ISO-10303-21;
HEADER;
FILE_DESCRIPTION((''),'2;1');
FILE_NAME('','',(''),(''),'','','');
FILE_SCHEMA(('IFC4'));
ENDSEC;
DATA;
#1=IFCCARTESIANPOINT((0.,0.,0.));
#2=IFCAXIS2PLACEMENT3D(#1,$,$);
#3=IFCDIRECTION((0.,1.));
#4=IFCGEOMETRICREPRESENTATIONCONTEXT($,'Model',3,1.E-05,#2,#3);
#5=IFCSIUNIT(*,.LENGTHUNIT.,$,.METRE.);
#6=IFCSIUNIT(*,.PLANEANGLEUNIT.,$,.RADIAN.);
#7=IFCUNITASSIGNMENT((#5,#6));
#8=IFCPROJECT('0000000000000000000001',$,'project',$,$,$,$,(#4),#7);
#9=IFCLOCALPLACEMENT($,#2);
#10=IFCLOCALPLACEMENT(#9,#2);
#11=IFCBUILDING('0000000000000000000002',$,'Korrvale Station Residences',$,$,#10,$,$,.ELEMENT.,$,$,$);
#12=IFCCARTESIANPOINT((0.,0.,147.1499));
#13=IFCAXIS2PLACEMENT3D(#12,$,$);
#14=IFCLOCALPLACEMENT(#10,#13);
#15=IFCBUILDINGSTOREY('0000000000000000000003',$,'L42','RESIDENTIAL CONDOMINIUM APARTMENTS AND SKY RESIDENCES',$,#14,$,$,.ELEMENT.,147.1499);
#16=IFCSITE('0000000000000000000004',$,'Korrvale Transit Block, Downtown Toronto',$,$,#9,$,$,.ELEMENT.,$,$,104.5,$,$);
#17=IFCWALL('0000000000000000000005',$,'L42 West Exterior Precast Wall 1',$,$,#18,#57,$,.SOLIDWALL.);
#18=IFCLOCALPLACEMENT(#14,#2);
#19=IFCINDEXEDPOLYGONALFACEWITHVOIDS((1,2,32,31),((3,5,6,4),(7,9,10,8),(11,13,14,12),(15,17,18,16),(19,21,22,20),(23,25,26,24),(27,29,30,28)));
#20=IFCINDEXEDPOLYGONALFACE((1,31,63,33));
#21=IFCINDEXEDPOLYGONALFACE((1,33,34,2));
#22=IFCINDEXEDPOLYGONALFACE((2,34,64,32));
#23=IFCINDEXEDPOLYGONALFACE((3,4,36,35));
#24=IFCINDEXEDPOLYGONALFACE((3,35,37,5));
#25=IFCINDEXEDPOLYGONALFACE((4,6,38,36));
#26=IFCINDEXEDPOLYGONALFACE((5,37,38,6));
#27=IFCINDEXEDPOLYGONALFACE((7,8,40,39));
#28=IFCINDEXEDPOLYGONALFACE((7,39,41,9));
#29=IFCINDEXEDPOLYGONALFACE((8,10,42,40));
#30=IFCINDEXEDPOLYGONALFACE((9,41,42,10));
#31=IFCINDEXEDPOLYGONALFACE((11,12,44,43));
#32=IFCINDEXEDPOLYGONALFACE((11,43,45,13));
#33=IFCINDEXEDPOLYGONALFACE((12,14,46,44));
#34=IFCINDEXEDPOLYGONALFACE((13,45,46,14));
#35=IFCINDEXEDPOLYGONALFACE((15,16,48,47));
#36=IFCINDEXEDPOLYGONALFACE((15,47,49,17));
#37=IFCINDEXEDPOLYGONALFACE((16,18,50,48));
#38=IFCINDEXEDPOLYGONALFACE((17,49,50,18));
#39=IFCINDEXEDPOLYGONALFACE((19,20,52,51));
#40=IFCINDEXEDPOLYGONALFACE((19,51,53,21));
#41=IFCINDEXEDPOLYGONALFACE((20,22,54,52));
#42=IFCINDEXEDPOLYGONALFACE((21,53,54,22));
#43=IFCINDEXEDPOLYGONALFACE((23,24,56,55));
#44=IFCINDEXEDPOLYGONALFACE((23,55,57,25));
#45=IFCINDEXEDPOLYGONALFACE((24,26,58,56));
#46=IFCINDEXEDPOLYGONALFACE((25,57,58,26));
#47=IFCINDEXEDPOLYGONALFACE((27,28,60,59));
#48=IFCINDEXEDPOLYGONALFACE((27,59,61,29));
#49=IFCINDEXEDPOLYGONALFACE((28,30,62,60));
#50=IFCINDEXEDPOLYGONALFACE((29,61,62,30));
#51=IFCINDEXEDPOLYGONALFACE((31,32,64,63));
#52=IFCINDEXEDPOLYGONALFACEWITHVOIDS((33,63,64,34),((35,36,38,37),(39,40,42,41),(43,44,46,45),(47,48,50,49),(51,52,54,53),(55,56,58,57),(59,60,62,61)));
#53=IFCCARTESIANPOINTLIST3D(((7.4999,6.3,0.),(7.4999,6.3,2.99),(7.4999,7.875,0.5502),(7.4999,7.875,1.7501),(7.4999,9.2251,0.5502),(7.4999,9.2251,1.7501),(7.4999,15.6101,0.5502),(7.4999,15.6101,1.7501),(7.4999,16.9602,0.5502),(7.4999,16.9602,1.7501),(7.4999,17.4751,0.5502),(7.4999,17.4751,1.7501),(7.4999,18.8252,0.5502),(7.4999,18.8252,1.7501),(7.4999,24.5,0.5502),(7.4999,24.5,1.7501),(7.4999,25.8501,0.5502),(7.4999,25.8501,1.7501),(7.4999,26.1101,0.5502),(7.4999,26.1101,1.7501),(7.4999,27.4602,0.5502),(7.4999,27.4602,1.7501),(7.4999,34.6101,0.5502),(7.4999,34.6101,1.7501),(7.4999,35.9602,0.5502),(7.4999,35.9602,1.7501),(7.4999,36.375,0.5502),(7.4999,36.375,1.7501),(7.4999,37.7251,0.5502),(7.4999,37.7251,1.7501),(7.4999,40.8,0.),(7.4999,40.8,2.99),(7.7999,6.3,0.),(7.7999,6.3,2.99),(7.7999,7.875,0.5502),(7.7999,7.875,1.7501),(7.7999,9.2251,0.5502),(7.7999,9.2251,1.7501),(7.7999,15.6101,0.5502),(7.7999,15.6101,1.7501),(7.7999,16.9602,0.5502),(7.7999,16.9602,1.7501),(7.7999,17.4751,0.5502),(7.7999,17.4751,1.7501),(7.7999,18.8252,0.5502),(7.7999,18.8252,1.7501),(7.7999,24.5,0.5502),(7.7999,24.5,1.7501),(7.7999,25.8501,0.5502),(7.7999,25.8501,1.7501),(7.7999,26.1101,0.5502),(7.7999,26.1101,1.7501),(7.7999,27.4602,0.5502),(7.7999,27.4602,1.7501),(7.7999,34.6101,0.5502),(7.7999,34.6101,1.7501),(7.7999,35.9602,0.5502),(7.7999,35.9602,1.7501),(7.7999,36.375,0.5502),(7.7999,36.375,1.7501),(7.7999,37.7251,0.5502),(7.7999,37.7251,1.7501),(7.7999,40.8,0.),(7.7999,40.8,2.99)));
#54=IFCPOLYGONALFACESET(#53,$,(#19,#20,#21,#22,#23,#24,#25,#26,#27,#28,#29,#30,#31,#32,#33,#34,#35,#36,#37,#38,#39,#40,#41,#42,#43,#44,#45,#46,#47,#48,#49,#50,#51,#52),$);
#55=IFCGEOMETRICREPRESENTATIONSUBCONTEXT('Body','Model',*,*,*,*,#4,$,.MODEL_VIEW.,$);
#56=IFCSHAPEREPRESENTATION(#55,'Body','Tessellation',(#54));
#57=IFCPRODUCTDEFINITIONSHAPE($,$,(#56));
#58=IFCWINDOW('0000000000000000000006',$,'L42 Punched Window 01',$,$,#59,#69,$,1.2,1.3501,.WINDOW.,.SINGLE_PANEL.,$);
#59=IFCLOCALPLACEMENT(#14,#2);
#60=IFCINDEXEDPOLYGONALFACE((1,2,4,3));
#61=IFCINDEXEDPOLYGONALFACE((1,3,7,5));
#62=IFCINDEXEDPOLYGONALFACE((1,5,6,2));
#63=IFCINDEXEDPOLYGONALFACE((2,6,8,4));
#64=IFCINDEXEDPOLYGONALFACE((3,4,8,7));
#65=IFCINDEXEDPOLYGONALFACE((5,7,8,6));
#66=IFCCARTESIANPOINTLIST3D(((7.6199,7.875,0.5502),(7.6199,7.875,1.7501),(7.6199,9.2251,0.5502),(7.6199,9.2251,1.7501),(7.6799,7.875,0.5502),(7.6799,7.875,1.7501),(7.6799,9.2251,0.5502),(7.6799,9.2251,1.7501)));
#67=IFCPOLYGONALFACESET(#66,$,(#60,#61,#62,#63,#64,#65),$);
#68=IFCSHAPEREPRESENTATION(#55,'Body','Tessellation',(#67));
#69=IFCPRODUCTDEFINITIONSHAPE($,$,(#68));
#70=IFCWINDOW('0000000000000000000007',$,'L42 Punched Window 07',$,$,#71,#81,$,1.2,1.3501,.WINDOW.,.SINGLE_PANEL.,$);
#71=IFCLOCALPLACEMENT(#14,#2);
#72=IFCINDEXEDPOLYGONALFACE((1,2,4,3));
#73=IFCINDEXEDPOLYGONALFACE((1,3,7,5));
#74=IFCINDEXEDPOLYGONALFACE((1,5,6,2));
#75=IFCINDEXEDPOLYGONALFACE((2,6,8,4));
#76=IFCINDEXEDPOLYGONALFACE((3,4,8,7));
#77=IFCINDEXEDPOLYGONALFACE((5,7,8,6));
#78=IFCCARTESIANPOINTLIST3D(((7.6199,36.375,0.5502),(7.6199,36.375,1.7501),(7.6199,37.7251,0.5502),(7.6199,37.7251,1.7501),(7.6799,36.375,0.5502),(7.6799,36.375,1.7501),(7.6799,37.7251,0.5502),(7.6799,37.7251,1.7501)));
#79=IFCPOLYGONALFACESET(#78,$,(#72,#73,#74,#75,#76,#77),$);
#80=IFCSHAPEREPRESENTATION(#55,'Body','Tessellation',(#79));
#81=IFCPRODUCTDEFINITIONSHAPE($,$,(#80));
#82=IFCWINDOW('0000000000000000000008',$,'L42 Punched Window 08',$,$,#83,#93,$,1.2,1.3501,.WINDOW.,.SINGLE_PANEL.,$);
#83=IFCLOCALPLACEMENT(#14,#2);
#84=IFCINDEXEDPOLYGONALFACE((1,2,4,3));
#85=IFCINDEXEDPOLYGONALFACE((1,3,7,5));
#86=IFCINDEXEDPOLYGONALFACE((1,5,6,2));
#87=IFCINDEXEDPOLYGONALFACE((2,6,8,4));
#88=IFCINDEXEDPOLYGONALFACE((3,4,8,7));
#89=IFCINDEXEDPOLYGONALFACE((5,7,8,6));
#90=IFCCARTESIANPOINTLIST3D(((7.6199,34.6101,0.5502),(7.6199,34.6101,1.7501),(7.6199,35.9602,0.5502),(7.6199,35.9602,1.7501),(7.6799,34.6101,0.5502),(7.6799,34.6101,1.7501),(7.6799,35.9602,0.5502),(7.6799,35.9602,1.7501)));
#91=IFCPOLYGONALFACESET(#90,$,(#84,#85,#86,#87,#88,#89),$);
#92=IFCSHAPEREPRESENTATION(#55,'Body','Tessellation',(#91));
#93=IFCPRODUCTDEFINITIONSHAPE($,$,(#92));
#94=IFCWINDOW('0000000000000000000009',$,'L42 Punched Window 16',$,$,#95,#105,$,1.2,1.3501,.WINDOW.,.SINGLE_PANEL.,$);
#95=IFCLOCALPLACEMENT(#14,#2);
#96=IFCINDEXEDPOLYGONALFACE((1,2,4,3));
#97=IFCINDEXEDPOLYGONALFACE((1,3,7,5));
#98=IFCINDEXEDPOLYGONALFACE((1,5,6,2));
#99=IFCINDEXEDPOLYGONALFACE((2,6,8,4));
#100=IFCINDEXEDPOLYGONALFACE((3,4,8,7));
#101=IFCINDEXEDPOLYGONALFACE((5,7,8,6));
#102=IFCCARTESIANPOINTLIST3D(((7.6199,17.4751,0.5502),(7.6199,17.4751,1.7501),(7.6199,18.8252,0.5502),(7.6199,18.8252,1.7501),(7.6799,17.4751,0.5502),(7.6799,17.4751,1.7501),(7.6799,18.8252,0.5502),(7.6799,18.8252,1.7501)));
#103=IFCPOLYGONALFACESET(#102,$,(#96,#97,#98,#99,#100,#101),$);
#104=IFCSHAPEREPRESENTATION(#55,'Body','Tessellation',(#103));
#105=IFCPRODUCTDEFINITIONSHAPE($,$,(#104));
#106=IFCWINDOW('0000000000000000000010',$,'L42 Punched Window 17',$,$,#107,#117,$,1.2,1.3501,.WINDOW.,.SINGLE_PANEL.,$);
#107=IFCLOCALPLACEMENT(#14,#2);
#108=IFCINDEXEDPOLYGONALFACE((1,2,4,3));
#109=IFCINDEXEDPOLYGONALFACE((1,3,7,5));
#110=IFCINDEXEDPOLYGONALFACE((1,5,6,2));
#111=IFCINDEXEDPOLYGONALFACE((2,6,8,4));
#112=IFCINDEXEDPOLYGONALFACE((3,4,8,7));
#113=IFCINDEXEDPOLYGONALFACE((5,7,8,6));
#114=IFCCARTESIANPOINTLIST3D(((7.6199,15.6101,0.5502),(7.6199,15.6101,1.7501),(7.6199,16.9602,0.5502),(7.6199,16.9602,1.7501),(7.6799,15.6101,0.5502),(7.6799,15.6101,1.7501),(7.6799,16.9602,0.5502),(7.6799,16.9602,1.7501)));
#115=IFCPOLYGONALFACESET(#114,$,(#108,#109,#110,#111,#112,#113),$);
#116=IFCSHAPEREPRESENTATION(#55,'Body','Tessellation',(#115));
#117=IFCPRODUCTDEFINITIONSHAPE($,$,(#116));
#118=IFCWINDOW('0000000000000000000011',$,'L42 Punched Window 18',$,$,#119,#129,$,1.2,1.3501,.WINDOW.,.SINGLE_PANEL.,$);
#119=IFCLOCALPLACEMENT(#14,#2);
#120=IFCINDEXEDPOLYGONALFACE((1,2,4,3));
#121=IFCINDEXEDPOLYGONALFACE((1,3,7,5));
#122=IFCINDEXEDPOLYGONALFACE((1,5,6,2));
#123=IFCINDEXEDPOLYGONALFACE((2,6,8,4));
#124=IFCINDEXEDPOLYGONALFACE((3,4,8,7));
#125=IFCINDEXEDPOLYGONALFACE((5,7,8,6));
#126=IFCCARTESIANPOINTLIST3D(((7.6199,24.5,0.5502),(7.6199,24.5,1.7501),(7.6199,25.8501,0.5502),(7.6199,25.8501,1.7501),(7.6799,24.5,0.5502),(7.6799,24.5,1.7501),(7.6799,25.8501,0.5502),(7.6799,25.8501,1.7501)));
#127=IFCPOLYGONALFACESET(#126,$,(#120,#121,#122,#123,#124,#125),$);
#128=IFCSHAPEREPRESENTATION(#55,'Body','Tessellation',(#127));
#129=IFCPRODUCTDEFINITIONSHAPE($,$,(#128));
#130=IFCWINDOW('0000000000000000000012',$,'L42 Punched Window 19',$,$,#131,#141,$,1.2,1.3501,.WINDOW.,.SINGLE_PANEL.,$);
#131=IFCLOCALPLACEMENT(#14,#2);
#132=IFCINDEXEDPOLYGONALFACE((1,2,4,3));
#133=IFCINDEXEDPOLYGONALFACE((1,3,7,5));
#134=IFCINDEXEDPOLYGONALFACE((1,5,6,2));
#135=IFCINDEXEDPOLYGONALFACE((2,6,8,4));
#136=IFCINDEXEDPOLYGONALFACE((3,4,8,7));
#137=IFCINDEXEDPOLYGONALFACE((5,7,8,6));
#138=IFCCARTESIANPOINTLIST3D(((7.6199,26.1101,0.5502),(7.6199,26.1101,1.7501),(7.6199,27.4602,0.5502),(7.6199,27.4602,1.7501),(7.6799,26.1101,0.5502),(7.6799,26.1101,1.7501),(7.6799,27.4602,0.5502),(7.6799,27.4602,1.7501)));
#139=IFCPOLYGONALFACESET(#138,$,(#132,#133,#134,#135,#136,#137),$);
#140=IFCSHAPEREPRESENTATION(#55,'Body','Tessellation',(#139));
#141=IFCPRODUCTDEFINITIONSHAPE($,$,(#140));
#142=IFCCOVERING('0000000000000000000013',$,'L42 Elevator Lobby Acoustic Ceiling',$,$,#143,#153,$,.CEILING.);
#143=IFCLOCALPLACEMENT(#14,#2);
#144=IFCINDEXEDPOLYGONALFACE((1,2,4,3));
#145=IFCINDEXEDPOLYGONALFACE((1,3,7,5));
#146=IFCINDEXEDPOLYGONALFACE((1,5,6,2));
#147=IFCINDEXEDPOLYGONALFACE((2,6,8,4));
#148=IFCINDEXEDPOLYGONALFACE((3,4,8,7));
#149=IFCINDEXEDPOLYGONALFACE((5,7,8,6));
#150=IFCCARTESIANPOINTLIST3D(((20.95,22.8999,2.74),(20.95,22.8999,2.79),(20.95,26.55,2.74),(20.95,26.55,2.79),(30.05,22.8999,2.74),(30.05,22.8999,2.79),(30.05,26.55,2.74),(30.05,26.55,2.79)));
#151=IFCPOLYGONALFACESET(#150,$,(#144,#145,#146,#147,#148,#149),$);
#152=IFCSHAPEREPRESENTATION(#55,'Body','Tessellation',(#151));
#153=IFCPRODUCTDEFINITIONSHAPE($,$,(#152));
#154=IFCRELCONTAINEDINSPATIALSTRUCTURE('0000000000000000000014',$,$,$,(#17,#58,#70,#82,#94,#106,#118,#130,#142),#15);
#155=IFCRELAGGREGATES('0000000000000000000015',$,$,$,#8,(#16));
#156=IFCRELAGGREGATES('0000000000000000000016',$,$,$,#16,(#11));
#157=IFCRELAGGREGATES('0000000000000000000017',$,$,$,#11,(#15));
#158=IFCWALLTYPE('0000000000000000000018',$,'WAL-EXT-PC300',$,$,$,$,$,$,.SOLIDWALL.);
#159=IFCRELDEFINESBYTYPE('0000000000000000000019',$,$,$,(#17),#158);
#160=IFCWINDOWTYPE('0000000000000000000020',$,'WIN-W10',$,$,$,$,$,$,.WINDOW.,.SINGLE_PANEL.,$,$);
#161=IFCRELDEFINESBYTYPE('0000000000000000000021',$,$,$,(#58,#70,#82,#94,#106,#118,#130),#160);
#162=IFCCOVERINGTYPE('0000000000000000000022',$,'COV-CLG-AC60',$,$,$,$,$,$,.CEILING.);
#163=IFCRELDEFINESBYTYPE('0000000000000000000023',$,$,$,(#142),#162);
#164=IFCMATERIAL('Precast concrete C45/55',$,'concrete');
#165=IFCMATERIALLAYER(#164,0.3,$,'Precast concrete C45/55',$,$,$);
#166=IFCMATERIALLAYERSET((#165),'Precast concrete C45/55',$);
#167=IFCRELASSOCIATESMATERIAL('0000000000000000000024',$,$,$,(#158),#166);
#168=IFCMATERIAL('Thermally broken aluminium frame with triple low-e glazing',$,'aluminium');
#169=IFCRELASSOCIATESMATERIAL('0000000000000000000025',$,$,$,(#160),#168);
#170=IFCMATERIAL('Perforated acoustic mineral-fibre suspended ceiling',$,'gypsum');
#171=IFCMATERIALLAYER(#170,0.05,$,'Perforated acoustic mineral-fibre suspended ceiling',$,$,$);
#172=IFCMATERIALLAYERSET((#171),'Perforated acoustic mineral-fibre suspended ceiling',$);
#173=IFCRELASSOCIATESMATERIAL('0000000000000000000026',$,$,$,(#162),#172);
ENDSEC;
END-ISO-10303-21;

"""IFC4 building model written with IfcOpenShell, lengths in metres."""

from ifc_helpers import new_model, si_unit, direction, frame, frame_2d, origin, place, context, subcontext, project, spatial, polyline, rectangle, outline, extrude, material, layer, layer_set, type_object, element, fill, save


model = new_model("IFC4")

# Units and contexts
model_context = context("Model", 3, precision=1e-05, world=origin(), true_north=direction((0.0, 1.0)))
body_context = subcontext(model_context, "Body", "Model", "MODEL_VIEW")
ifc_project = project(units=[si_unit("LENGTHUNIT", "METRE"), si_unit("PLANEANGLEUNIT", "RADIAN")], contexts=[model_context])

# Site, building, storey
site_placement = place(None, origin())
site = spatial("IfcSite", under=ifc_project, at=site_placement, Name="Korrvale Transit Block, Downtown Toronto", CompositionType="ELEMENT", RefElevation=104.5)
building_placement = place(site_placement, origin())
building = spatial("IfcBuilding", under=site, at=building_placement, Name="Korrvale Station Residences", CompositionType="ELEMENT")
storey_placement = place(building_placement, frame((0.0, 0.0, 147.1499)))
storey = spatial("IfcBuildingStorey", under=building, at=storey_placement, Name="L42", Description="RESIDENTIAL CONDOMINIUM APARTMENTS AND SKY RESIDENCES", CompositionType="ELEMENT", Elevation=147.1499)

# Shared definitions
ifc_material_1 = material(Name="Precast concrete C45/55", Category="concrete")
ifc_layer_1 = layer(ifc_material_1, 0.3, Name="Precast concrete C45/55")
ifc_layer_set_1 = layer_set([ifc_layer_1], Name="Precast concrete C45/55")
wall_type_1 = type_object("IfcWallType", Name="WAL-EXT-PC300", PredefinedType="SOLIDWALL", material=ifc_layer_set_1)

# Wall, openings, windows
wall_1_placement = place(storey_placement, frame((7.6499, 6.3, 0.0), z_axis=(0.0, 0.0, 1.0), x_axis=(0.0, 1.0, 0.0)))
wall_1 = element("IfcWall", 1, at=wall_1_placement, inside=storey, type_object=wall_type_1, Name="L42 West Exterior Precast Wall 1", PredefinedType="SOLIDWALL", context=body_context, shape_type="SweptSolid", body=[
    extrude(rectangle(XDim=34.5, YDim=0.3, at=frame_2d((17.25, 0.0))), origin(), (0.0, 0.0, 1.0), 2.99),
])
opening_1_placement = place(wall_1_placement, frame((1.575, 0.0, 0.55)))
opening_1 = element("IfcOpeningElement", 2, at=opening_1_placement, cuts=wall_1, PredefinedType="OPENING", context=body_context, shape_type="SweptSolid", body=[
    extrude(rectangle(XDim=1.3501, YDim=1.2, at=frame_2d((0.675, 0.6001))), frame((0.0, 0.1602, 0.0), z_axis=(0.0, -1.0, 0.0), x_axis=(1.0, 0.0, 0.0)), (0.0, 0.0, 1.0), 0.3201),
])
opening_2_placement = place(wall_1_placement, frame((30.075, 0.0, 0.55)))
opening_2 = element("IfcOpeningElement", 3, at=opening_2_placement, cuts=wall_1, PredefinedType="OPENING", context=body_context, shape_type="SweptSolid", body=[
    extrude(rectangle(XDim=1.3501, YDim=1.2, at=frame_2d((0.675, 0.6001))), frame((0.0, 0.1602, 0.0), z_axis=(0.0, -1.0, 0.0), x_axis=(1.0, 0.0, 0.0)), (0.0, 0.0, 1.0), 0.3201),
])
opening_3_placement = place(wall_1_placement, frame((28.3101, 0.0, 0.55)))
opening_3 = element("IfcOpeningElement", 4, at=opening_3_placement, cuts=wall_1, PredefinedType="OPENING", context=body_context, shape_type="SweptSolid", body=[
    extrude(rectangle(XDim=1.3501, YDim=1.2, at=frame_2d((0.675, 0.6001))), frame((0.0, 0.1602, 0.0), z_axis=(0.0, -1.0, 0.0), x_axis=(1.0, 0.0, 0.0)), (0.0, 0.0, 1.0), 0.3201),
])
opening_4_placement = place(wall_1_placement, frame((11.175, 0.0, 0.55)))
opening_4 = element("IfcOpeningElement", 5, at=opening_4_placement, cuts=wall_1, PredefinedType="OPENING", context=body_context, shape_type="SweptSolid", body=[
    extrude(rectangle(XDim=1.3501, YDim=1.2, at=frame_2d((0.675, 0.6001))), frame((0.0, 0.1602, 0.0), z_axis=(0.0, -1.0, 0.0), x_axis=(1.0, 0.0, 0.0)), (0.0, 0.0, 1.0), 0.3201),
])
opening_5_placement = place(wall_1_placement, frame((9.3101, 0.0, 0.55)))
opening_5 = element("IfcOpeningElement", 6, at=opening_5_placement, cuts=wall_1, PredefinedType="OPENING", context=body_context, shape_type="SweptSolid", body=[
    extrude(rectangle(XDim=1.3501, YDim=1.2, at=frame_2d((0.675, 0.6001))), frame((0.0, 0.1602, 0.0), z_axis=(0.0, -1.0, 0.0), x_axis=(1.0, 0.0, 0.0)), (0.0, 0.0, 1.0), 0.3201),
])
opening_6_placement = place(wall_1_placement, frame((18.2, 0.0, 0.55)))
opening_6 = element("IfcOpeningElement", 7, at=opening_6_placement, cuts=wall_1, PredefinedType="OPENING", context=body_context, shape_type="SweptSolid", body=[
    extrude(rectangle(XDim=1.3501, YDim=1.2, at=frame_2d((0.675, 0.6001))), frame((0.0, 0.1602, 0.0), z_axis=(0.0, -1.0, 0.0), x_axis=(1.0, 0.0, 0.0)), (0.0, 0.0, 1.0), 0.3201),
])
opening_7_placement = place(wall_1_placement, frame((19.8101, 0.0, 0.55)))
opening_7 = element("IfcOpeningElement", 8, at=opening_7_placement, cuts=wall_1, PredefinedType="OPENING", context=body_context, shape_type="SweptSolid", body=[
    extrude(rectangle(XDim=1.3501, YDim=1.2, at=frame_2d((0.675, 0.6001))), frame((0.0, 0.1602, 0.0), z_axis=(0.0, -1.0, 0.0), x_axis=(1.0, 0.0, 0.0)), (0.0, 0.0, 1.0), 0.3201),
])
ifc_material_2 = material(Name="Thermally broken aluminium frame with triple low-e glazing", Category="aluminium")
window_type = type_object("IfcWindowType", Name="WIN-W10", PartitioningType="SINGLE_PANEL", PredefinedType="WINDOW", material=ifc_material_2)
window_1_placement = place(opening_1_placement, origin())
window_1 = element("IfcWindow", 9, at=window_1_placement, inside=storey, type_object=window_type, Name="L42 Punched Window 01", OverallHeight=1.2, OverallWidth=1.3501, PartitioningType="SINGLE_PANEL", PredefinedType="WINDOW", context=body_context, shape_type="SweptSolid", body=[
    extrude(rectangle(XDim=1.3501, YDim=1.2, at=frame_2d((0.675, 0.6001))), frame((0.0, 0.03, 0.0), z_axis=(0.0, -1.0, 0.0), x_axis=(1.0, 0.0, 0.0)), (0.0, 0.0, 1.0), 0.0601),
])
fill(opening_1, window_1)
window_2_placement = place(opening_2_placement, origin())
window_2 = element("IfcWindow", 10, at=window_2_placement, inside=storey, type_object=window_type, Name="L42 Punched Window 07", OverallHeight=1.2, OverallWidth=1.3501, PartitioningType="SINGLE_PANEL", PredefinedType="WINDOW", context=body_context, shape_type="SweptSolid", body=[
    extrude(rectangle(XDim=1.3501, YDim=1.2, at=frame_2d((0.675, 0.6001))), frame((0.0, 0.03, 0.0), z_axis=(0.0, -1.0, 0.0), x_axis=(1.0, 0.0, 0.0)), (0.0, 0.0, 1.0), 0.0601),
])
fill(opening_2, window_2)
window_3_placement = place(opening_3_placement, origin())
window_3 = element("IfcWindow", 11, at=window_3_placement, inside=storey, type_object=window_type, Name="L42 Punched Window 08", OverallHeight=1.2, OverallWidth=1.3501, PartitioningType="SINGLE_PANEL", PredefinedType="WINDOW", context=body_context, shape_type="SweptSolid", body=[
    extrude(rectangle(XDim=1.3501, YDim=1.2, at=frame_2d((0.675, 0.6001))), frame((0.0, 0.03, 0.0), z_axis=(0.0, -1.0, 0.0), x_axis=(1.0, 0.0, 0.0)), (0.0, 0.0, 1.0), 0.0601),
])
fill(opening_3, window_3)
window_4_placement = place(opening_4_placement, origin())
window_4 = element("IfcWindow", 12, at=window_4_placement, inside=storey, type_object=window_type, Name="L42 Punched Window 16", OverallHeight=1.2, OverallWidth=1.3501, PartitioningType="SINGLE_PANEL", PredefinedType="WINDOW", context=body_context, shape_type="SweptSolid", body=[
    extrude(rectangle(XDim=1.3501, YDim=1.2, at=frame_2d((0.675, 0.6001))), frame((0.0, 0.03, 0.0), z_axis=(0.0, -1.0, 0.0), x_axis=(1.0, 0.0, 0.0)), (0.0, 0.0, 1.0), 0.0601),
])
fill(opening_4, window_4)
window_5_placement = place(opening_5_placement, origin())
window_5 = element("IfcWindow", 13, at=window_5_placement, inside=storey, type_object=window_type, Name="L42 Punched Window 17", OverallHeight=1.2, OverallWidth=1.3501, PartitioningType="SINGLE_PANEL", PredefinedType="WINDOW", context=body_context, shape_type="SweptSolid", body=[
    extrude(rectangle(XDim=1.3501, YDim=1.2, at=frame_2d((0.675, 0.6001))), frame((0.0, 0.03, 0.0), z_axis=(0.0, -1.0, 0.0), x_axis=(1.0, 0.0, 0.0)), (0.0, 0.0, 1.0), 0.0601),
])
fill(opening_5, window_5)
window_6_placement = place(opening_6_placement, origin())
window_6 = element("IfcWindow", 14, at=window_6_placement, inside=storey, type_object=window_type, Name="L42 Punched Window 18", OverallHeight=1.2, OverallWidth=1.3501, PartitioningType="SINGLE_PANEL", PredefinedType="WINDOW", context=body_context, shape_type="SweptSolid", body=[
    extrude(rectangle(XDim=1.3501, YDim=1.2, at=frame_2d((0.675, 0.6001))), frame((0.0, 0.03, 0.0), z_axis=(0.0, -1.0, 0.0), x_axis=(1.0, 0.0, 0.0)), (0.0, 0.0, 1.0), 0.0601),
])
fill(opening_6, window_6)
window_7_placement = place(opening_7_placement, origin())
window_7 = element("IfcWindow", 15, at=window_7_placement, inside=storey, type_object=window_type, Name="L42 Punched Window 19", OverallHeight=1.2, OverallWidth=1.3501, PartitioningType="SINGLE_PANEL", PredefinedType="WINDOW", context=body_context, shape_type="SweptSolid", body=[
    extrude(rectangle(XDim=1.3501, YDim=1.2, at=frame_2d((0.675, 0.6001))), frame((0.0, 0.03, 0.0), z_axis=(0.0, -1.0, 0.0), x_axis=(1.0, 0.0, 0.0)), (0.0, 0.0, 1.0), 0.0601),
])
fill(opening_7, window_7)

# Covering
ifc_material_3 = material(Name="Perforated acoustic mineral-fibre suspended ceiling", Category="gypsum")
ifc_layer_2 = layer(ifc_material_3, 0.05, Name="Perforated acoustic mineral-fibre suspended ceiling")
ifc_layer_set_2 = layer_set([ifc_layer_2], Name="Perforated acoustic mineral-fibre suspended ceiling")
covering_type_1 = type_object("IfcCoveringType", Name="COV-CLG-AC60", PredefinedType="CEILING", material=ifc_layer_set_2)
covering_1_placement = place(storey_placement, frame((0.0, 0.0, 2.74)))
element("IfcCovering", 16, at=covering_1_placement, inside=storey, type_object=covering_type_1, Name="L42 Elevator Lobby Acoustic Ceiling", PredefinedType="CEILING", context=body_context, shape_type="SweptSolid", body=[
    extrude(outline(polyline([(20.95, 22.8999), (30.05, 22.8999), (30.05, 26.55), (20.95, 26.55), (20.95, 22.8999)])), origin(), (0.0, 0.0, 1.0), 0.05),
])

save(model, "model.ifc")
